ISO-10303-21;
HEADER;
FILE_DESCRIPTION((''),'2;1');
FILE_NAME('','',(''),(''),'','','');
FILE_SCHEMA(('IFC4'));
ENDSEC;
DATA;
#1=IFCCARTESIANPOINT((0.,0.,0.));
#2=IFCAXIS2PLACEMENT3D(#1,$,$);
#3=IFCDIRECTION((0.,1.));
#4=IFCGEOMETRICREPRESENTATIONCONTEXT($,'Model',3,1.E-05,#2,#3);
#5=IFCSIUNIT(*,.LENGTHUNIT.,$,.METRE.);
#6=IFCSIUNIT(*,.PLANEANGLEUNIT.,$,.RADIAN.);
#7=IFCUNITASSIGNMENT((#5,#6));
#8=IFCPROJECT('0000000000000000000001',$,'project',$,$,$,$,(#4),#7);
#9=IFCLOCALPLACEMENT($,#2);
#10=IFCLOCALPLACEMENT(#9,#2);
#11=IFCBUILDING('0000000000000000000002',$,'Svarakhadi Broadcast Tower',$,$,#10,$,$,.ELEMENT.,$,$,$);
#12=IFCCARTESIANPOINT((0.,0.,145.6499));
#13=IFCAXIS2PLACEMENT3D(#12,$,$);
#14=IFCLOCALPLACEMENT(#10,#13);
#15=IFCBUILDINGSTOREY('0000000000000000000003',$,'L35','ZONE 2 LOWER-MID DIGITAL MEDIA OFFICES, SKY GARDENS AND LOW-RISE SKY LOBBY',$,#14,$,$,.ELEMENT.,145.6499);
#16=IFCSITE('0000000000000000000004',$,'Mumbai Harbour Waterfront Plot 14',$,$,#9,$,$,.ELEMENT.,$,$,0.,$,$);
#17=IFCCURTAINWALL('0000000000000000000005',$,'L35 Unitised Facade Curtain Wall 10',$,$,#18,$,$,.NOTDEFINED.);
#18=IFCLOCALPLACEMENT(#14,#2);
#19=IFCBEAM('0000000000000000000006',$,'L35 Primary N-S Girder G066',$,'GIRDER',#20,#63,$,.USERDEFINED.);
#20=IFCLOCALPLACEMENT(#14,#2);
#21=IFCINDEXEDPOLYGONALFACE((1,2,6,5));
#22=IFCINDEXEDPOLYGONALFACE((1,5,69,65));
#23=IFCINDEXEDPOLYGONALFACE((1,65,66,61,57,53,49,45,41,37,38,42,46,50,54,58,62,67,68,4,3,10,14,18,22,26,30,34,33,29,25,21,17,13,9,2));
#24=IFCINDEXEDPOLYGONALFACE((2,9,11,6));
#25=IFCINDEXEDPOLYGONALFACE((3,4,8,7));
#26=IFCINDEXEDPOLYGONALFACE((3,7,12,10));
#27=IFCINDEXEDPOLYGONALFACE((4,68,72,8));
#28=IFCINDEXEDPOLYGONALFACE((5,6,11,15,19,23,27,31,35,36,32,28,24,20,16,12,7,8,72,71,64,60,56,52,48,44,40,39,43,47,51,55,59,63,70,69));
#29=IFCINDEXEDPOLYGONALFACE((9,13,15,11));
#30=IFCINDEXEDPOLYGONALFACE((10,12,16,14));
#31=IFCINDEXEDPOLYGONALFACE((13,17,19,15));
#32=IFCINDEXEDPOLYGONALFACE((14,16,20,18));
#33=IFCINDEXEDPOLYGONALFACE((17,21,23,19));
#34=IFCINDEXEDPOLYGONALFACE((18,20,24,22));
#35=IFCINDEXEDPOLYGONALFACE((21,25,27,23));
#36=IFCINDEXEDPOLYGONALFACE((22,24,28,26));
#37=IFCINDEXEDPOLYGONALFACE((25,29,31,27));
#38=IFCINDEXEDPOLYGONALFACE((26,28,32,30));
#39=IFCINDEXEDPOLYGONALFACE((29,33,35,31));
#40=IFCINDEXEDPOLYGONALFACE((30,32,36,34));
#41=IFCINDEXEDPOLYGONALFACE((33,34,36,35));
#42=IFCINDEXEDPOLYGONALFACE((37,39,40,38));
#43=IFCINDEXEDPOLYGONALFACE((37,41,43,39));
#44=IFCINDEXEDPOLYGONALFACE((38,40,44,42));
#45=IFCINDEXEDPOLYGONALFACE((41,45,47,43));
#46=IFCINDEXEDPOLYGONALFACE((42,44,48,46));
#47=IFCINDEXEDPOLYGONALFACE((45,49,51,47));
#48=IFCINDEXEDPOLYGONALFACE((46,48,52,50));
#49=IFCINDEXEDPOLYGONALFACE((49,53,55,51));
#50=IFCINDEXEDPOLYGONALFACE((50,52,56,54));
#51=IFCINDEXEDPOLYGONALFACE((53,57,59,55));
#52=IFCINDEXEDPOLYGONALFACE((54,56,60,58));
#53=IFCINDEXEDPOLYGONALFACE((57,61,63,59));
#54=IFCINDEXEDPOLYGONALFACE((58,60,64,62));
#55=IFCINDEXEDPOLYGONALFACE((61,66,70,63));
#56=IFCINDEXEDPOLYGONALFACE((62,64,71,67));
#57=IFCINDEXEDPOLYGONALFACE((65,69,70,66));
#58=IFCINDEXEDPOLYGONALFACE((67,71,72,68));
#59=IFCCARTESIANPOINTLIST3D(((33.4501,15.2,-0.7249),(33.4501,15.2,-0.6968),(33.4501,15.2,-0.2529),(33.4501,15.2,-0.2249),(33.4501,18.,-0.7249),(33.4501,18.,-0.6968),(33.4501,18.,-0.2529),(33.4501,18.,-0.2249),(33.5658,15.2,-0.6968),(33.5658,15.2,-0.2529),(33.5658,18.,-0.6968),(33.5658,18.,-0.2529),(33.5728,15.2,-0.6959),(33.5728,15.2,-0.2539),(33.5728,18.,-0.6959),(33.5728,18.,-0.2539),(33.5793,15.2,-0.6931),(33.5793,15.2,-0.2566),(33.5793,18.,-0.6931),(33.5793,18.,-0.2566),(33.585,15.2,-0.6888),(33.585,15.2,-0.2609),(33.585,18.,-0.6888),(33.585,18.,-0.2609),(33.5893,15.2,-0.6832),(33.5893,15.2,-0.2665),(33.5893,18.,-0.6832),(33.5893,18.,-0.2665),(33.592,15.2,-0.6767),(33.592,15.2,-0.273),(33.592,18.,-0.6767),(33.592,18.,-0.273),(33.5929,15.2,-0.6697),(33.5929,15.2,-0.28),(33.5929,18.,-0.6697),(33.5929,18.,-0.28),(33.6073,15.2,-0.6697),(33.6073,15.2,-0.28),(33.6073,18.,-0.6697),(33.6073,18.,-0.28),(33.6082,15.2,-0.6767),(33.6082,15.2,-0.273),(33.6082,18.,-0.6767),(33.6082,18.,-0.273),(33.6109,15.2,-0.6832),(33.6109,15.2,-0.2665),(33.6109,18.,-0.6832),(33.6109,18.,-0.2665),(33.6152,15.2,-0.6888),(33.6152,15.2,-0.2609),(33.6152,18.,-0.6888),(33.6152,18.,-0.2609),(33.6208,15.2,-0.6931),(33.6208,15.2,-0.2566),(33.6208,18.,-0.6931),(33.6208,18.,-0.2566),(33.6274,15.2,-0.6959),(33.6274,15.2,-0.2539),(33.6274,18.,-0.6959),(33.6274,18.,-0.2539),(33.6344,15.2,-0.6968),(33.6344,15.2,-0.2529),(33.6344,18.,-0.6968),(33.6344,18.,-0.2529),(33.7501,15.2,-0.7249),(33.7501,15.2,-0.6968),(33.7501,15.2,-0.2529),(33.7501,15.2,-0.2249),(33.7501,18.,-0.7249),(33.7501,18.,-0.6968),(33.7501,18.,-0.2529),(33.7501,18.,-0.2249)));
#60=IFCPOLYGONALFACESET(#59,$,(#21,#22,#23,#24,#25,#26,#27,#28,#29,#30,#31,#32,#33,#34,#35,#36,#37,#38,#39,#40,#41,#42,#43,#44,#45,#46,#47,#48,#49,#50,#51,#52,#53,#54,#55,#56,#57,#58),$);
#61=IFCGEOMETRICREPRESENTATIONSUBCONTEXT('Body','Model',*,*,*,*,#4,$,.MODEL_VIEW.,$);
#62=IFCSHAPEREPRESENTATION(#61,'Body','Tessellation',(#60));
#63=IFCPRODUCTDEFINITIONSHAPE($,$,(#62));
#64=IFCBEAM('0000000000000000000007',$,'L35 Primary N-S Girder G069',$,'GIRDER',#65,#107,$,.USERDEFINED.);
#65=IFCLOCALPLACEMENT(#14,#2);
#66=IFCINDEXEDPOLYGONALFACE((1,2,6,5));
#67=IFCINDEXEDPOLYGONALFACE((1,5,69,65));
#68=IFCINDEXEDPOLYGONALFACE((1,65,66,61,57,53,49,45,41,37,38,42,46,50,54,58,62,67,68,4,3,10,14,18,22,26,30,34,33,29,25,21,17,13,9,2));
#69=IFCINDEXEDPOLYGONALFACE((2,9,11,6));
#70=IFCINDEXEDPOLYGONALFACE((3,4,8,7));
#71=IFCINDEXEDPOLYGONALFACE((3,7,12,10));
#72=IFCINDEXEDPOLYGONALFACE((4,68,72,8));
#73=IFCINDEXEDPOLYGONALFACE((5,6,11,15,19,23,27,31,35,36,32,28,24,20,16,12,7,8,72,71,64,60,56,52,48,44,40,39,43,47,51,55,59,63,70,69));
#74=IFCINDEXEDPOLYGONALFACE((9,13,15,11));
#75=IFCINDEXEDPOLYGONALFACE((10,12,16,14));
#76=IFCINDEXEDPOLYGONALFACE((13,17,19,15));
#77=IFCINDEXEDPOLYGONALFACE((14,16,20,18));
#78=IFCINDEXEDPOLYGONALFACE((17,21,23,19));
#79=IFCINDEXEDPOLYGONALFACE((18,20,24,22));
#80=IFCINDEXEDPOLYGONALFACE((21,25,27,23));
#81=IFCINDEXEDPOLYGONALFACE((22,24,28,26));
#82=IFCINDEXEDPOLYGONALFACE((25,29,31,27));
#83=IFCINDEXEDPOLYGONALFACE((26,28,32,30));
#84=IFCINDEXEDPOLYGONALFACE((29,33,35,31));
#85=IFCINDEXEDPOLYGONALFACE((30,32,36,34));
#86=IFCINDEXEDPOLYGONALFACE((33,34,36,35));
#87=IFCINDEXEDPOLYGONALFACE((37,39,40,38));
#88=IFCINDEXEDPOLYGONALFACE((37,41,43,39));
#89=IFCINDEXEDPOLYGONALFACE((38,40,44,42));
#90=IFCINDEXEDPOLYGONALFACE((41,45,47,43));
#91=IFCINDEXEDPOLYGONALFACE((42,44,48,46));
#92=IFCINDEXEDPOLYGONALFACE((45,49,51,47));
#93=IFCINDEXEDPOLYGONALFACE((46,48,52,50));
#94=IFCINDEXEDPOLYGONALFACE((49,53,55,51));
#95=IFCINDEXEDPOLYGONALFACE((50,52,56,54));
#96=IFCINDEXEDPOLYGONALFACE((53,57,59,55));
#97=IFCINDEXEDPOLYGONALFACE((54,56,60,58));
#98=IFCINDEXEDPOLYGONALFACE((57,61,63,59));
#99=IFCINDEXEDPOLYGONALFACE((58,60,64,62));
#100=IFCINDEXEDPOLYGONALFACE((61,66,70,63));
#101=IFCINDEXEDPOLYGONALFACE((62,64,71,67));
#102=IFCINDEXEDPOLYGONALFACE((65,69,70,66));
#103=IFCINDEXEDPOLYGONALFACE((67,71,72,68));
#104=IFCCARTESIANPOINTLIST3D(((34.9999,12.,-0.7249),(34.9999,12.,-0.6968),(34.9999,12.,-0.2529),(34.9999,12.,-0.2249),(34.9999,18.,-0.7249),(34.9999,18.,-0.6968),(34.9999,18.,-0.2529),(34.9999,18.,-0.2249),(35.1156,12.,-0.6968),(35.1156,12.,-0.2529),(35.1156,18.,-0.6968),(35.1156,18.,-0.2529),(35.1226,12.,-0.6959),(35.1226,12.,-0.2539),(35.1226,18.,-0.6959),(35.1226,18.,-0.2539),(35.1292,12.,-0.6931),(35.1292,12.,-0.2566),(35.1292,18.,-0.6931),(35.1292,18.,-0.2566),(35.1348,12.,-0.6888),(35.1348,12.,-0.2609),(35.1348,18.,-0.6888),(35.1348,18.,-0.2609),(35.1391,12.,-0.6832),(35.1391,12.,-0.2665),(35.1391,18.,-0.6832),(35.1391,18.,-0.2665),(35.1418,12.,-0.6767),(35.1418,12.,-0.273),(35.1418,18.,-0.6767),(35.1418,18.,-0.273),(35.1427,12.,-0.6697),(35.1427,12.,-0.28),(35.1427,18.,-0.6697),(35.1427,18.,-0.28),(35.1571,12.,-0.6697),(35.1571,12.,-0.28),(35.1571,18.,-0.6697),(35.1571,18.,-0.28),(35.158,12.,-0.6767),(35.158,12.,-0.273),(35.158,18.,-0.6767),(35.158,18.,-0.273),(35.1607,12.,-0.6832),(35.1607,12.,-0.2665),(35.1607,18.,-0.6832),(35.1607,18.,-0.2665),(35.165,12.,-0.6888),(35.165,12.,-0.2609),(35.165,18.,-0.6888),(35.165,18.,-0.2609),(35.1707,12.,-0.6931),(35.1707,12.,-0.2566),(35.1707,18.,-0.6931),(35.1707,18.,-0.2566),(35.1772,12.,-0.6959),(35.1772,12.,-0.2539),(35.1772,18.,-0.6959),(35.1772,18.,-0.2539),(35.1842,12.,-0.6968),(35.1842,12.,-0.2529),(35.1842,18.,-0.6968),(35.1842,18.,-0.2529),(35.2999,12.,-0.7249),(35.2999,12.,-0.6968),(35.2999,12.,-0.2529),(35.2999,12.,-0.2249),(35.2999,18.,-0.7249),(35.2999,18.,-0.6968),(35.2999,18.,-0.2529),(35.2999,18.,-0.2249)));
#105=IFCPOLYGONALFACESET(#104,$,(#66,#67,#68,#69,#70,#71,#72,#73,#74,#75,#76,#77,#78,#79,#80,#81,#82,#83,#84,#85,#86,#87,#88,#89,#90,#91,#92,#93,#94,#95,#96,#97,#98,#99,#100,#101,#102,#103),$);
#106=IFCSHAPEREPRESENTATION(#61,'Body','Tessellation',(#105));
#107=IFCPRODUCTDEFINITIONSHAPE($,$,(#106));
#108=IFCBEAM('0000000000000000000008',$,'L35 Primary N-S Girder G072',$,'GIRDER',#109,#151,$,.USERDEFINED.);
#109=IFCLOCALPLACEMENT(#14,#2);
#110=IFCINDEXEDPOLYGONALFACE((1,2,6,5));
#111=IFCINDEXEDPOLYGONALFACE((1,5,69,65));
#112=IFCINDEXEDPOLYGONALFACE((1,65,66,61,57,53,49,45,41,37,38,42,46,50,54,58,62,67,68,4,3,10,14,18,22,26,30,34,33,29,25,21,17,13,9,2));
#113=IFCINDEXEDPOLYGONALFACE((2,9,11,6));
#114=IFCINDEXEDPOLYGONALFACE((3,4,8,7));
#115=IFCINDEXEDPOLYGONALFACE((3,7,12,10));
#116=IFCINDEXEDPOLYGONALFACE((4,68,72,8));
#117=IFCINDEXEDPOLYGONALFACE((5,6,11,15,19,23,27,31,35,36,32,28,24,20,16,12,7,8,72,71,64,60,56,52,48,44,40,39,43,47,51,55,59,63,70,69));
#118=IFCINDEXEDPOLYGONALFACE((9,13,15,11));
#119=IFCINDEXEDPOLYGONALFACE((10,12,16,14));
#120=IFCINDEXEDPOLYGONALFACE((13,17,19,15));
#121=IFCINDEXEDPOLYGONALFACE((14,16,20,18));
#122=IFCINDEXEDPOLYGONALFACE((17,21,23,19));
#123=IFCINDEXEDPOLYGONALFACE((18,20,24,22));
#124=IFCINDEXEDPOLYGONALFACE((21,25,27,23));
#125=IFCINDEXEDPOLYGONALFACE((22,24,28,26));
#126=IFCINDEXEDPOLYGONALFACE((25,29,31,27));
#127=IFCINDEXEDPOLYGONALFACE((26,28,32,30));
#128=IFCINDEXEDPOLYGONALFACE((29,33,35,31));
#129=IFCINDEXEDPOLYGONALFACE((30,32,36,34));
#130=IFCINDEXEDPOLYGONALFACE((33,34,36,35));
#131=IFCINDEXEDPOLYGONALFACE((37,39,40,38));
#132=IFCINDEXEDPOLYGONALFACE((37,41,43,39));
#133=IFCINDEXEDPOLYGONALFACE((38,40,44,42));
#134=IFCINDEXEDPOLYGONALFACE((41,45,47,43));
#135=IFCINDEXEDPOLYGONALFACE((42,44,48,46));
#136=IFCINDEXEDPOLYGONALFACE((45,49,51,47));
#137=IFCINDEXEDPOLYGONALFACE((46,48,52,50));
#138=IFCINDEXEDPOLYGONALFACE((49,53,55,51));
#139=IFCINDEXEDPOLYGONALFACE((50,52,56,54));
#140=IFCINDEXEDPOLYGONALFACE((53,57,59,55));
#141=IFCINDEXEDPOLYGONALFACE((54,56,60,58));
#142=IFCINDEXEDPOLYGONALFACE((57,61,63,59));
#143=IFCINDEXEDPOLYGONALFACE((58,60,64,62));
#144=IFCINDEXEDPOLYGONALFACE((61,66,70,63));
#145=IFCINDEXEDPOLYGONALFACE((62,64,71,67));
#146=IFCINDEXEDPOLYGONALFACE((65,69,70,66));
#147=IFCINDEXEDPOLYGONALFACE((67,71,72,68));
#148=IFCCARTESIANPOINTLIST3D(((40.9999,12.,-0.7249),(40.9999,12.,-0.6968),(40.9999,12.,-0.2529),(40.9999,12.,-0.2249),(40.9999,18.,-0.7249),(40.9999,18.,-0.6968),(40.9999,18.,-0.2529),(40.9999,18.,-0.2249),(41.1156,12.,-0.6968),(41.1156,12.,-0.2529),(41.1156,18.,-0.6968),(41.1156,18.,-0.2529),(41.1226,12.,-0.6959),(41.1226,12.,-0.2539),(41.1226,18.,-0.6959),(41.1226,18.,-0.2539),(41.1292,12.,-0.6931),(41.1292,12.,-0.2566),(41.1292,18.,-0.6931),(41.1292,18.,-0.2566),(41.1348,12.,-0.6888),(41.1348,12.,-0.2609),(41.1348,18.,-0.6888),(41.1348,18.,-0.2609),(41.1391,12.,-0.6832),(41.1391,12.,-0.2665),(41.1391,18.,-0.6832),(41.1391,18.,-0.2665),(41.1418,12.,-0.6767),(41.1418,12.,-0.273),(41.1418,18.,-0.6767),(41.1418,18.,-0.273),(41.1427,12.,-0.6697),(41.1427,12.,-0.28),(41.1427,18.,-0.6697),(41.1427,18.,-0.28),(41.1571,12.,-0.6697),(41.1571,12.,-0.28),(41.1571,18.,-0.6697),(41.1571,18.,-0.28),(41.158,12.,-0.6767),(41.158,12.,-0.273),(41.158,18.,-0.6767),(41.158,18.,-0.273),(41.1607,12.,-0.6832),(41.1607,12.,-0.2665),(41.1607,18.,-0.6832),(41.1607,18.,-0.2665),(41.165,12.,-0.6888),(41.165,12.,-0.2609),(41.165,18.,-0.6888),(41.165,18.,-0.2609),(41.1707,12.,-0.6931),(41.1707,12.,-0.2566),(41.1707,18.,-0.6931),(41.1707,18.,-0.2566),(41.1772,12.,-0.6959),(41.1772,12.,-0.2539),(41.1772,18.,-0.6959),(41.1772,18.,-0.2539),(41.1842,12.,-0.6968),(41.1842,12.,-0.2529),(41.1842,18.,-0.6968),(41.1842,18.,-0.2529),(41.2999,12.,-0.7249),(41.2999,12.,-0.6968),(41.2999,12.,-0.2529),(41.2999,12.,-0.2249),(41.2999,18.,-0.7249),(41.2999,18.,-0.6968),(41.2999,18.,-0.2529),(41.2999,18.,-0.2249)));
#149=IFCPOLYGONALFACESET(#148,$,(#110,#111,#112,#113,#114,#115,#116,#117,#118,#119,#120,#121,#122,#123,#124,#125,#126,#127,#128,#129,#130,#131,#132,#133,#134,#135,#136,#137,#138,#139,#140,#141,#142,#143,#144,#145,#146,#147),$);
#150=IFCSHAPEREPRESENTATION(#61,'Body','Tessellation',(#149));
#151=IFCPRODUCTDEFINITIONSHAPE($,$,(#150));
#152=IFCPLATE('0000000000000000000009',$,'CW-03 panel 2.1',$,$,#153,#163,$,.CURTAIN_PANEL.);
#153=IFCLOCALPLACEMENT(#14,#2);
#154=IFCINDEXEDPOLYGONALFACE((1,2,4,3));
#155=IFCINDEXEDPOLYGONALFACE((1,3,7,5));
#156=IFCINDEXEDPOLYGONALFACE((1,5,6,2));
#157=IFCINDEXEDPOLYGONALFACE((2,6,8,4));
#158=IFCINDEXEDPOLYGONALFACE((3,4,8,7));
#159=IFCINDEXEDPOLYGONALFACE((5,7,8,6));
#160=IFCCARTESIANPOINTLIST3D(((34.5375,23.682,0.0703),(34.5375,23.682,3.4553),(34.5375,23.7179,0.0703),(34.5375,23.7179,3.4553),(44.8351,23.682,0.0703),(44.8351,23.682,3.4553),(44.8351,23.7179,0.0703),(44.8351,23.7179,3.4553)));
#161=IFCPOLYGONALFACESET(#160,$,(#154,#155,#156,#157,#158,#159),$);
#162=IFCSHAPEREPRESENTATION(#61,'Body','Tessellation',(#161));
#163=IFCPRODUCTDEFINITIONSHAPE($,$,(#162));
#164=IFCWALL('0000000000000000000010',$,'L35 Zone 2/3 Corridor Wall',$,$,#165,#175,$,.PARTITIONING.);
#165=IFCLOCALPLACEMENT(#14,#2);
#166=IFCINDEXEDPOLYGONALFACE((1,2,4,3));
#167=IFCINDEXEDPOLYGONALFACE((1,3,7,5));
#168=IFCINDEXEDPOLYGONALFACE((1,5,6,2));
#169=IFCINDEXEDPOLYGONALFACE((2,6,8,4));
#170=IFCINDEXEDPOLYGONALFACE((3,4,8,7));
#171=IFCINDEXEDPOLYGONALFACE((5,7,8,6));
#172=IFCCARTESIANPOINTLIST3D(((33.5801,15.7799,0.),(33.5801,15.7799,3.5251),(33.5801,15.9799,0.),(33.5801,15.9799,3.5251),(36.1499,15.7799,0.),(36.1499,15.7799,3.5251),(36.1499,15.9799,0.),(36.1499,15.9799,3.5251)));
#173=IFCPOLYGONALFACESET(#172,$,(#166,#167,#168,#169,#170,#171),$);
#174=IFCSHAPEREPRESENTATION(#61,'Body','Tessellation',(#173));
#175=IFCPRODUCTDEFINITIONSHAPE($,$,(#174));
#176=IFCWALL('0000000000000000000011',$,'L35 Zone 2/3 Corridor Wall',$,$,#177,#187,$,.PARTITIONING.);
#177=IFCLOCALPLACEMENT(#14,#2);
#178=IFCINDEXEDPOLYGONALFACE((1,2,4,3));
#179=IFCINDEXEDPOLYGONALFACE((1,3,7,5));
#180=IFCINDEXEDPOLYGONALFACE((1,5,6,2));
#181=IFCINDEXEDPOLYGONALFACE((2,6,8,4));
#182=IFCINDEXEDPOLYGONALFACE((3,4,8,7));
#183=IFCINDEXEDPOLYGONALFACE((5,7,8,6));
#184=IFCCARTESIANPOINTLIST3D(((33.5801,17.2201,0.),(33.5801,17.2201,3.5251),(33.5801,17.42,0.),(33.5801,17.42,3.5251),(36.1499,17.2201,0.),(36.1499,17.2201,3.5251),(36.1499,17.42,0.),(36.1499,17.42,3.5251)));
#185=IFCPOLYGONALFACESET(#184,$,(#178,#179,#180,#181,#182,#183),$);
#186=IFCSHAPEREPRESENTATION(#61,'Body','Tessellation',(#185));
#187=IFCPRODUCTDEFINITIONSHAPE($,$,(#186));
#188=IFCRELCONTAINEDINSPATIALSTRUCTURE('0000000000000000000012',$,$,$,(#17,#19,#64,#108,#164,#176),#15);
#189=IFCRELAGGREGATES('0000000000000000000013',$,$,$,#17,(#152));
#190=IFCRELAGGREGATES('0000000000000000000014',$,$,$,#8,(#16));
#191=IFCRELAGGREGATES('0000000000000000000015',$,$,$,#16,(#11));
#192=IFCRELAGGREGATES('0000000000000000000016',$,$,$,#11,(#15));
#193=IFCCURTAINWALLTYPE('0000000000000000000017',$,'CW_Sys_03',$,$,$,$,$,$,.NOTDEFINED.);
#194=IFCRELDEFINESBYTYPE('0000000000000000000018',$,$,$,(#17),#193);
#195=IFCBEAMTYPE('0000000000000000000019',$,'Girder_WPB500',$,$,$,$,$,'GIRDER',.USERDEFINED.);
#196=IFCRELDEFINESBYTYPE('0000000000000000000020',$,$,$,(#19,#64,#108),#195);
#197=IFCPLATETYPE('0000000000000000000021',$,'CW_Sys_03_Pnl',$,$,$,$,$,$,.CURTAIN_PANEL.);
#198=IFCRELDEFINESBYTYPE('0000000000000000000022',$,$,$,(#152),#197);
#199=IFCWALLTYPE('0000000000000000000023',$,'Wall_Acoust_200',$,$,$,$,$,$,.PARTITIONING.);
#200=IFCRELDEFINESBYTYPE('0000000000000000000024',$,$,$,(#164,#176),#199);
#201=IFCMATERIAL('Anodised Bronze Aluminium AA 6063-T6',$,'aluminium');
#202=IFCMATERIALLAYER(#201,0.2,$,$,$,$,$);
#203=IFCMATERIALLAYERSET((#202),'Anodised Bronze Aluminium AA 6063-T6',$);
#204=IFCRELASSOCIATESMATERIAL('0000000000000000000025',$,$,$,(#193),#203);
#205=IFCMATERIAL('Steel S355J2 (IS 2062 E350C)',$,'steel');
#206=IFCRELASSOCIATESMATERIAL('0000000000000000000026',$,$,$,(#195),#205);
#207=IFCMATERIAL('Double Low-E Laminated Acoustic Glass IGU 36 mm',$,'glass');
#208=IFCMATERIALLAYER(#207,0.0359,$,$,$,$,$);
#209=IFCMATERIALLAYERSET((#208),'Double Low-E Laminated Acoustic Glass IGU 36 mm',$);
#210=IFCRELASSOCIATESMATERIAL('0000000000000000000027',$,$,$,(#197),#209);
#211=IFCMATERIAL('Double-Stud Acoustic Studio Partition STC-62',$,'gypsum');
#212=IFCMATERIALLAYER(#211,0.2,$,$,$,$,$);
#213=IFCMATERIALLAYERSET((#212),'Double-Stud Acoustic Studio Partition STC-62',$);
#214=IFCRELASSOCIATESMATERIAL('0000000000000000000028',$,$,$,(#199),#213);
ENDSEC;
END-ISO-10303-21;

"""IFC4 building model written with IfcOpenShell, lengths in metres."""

from ifc_helpers import new_model, si_unit, direction, frame, frame_2d, origin, origin_2d, place, context, subcontext, project, spatial, rectangle, i_section, extrude, material, layer, layer_set, material_profile, profile_set, type_object, element, aggregate, save


model = new_model("IFC4")

# Units and contexts
model_context = context("Model", 3, precision=1e-05, world=origin(), true_north=direction((0.0, 1.0)))
body_context = subcontext(model_context, "Body", "Model", "MODEL_VIEW")
ifc_project = project(units=[si_unit("LENGTHUNIT", "METRE"), si_unit("PLANEANGLEUNIT", "RADIAN")], contexts=[model_context])

# Site, building, storey
site_placement = place(None, origin())
site = spatial("IfcSite", under=ifc_project, at=site_placement, Name="Mumbai Harbour Waterfront Plot 14", CompositionType="ELEMENT", RefElevation=0.0)
building_placement = place(site_placement, origin())
building = spatial("IfcBuilding", under=site, at=building_placement, Name="Svarakhadi Broadcast Tower", CompositionType="ELEMENT")
storey_placement = place(building_placement, frame((0.0, 0.0, 145.6499)))
storey = spatial("IfcBuildingStorey", under=building, at=storey_placement, Name="L35", Description="ZONE 2 LOWER-MID DIGITAL MEDIA OFFICES, SKY GARDENS AND LOW-RISE SKY LOBBY", CompositionType="ELEMENT", Elevation=145.6499)

# Shared definitions
ifc_material_1 = material(Name="Steel S355J2 (IS 2062 E350C)", Category="steel")

# Curtain wall
ifc_material_2 = material(Name="Anodised Bronze Aluminium AA 6063-T6", Category="aluminium")
ifc_layer_1 = layer(ifc_material_2, 0.2)
ifc_layer_set_1 = layer_set([ifc_layer_1], Name="Anodised Bronze Aluminium AA 6063-T6")
curtain_wall_type = type_object("IfcCurtainWallType", Name="CW_Sys_03", PredefinedType="NOTDEFINED", material=ifc_layer_set_1)
curtain_wall_placement = place(storey_placement, origin())
curtain_wall = element("IfcCurtainWall", 1, at=curtain_wall_placement, inside=storey, type_object=curtain_wall_type, Name="L35 Unitised Facade Curtain Wall 10", PredefinedType="NOTDEFINED")

# Beams
ifc_material_profile_1 = material_profile(ifc_material_1, i_section(OverallWidth=0.3, OverallDepth=0.5, WebThickness=0.0144, FlangeThickness=0.0281, FilletRadius=0.0271, at=origin_2d()), Name="WPB 500x300x187")
ifc_profile_set_1 = profile_set([ifc_material_profile_1], Name="Steel S355J2 (IS 2062 E350C)")
beam_type_1 = type_object("IfcBeamType", Name="Girder_WPB500", ElementType="GIRDER", PredefinedType="USERDEFINED", material=ifc_profile_set_1)
beam_1_placement = place(storey_placement, frame((33.6001, 15.2, -0.4749), z_axis=(0.0, 1.0, 0.0), x_axis=(-1.0, 0.0, 0.0)))
element("IfcBeam", 2, at=beam_1_placement, inside=storey, type_object=beam_type_1, Name="L35 Primary N-S Girder G066", ObjectType="GIRDER", PredefinedType="USERDEFINED", context=body_context, shape_type="SweptSolid", body=[
    extrude(i_section(OverallWidth=0.3, OverallDepth=0.5, WebThickness=0.0144, FlangeThickness=0.0281, FilletRadius=0.0271, at=origin_2d()), origin(), (0.0, 0.0, 1.0), 2.8),
])
for number, where, z_axis, x_axis, name in (
    (3, (35.1499, 12.0, -0.4749), (0.0, 1.0, 0.0), (-1.0, 0.0, 0.0), "L35 Primary N-S Girder G069"),
    (4, (41.1499, 12.0, -0.4749), (0.0, 1.0, 0.0), (-1.0, 0.0, 0.0), "L35 Primary N-S Girder G072"),
):
    element("IfcBeam", number, at=place(storey_placement, frame(where, z_axis=z_axis, x_axis=x_axis)), inside=storey, type_object=beam_type_1, Name=name, ObjectType="GIRDER", PredefinedType="USERDEFINED", context=body_context, shape_type="SweptSolid", body=[
        extrude(i_section(OverallWidth=0.3, OverallDepth=0.5, WebThickness=0.0144, FlangeThickness=0.0281, FilletRadius=0.0271, at=origin_2d()), origin(), (0.0, 0.0, 1.0), 6.0),
    ])

# Plate
ifc_material_3 = material(Name="Double Low-E Laminated Acoustic Glass IGU 36 mm", Category="glass")
ifc_layer_2 = layer(ifc_material_3, 0.0359)
ifc_layer_set_2 = layer_set([ifc_layer_2], Name="Double Low-E Laminated Acoustic Glass IGU 36 mm")
plate_type = type_object("IfcPlateType", Name="CW_Sys_03_Pnl", PredefinedType="CURTAIN_PANEL", material=ifc_layer_set_2)
plate_placement = place(storey_placement, frame((39.6863, 23.7, 0.0703), z_axis=(0.0, 0.0, 1.0), x_axis=(1.0, 0.0, 0.0)))
plate = element("IfcPlate", 5, at=plate_placement, type_object=plate_type, Name="CW-03 panel 2.1", PredefinedType="CURTAIN_PANEL", context=body_context, shape_type="SweptSolid", body=[
    extrude(rectangle(XDim=10.2976, YDim=0.0359, at=origin_2d()), origin(), (0.0, 0.0, 1.0), 3.385),
])
aggregate(curtain_wall, [plate])

# Walls
ifc_material_4 = material(Name="Double-Stud Acoustic Studio Partition STC-62", Category="gypsum")
ifc_layer_3 = layer(ifc_material_4, 0.2)
ifc_layer_set_3 = layer_set([ifc_layer_3], Name="Double-Stud Acoustic Studio Partition STC-62")
wall_type_1 = type_object("IfcWallType", Name="Wall_Acoust_200", PredefinedType="PARTITIONING", material=ifc_layer_set_3)
for number, where, z_axis, x_axis, name in (
    (6, (36.1499, 15.8799, 0.0), (0.0, 0.0, 1.0), (-1.0, 0.0, 0.0), "L35 Zone 2/3 Corridor Wall"),
    (7, (33.5801, 17.3201, 0.0), (0.0, 0.0, 1.0), (1.0, 0.0, 0.0), "L35 Zone 2/3 Corridor Wall"),
):
    element("IfcWall", number, at=place(storey_placement, frame(where, z_axis=z_axis, x_axis=x_axis)), inside=storey, type_object=wall_type_1, Name=name, PredefinedType="PARTITIONING", context=body_context, shape_type="SweptSolid", body=[
        extrude(rectangle(XDim=2.5698, YDim=0.2, at=frame_2d((1.2849, 0.0))), origin(), (0.0, 0.0, 1.0), 3.5251),
    ])

save(model, "model.ifc")
